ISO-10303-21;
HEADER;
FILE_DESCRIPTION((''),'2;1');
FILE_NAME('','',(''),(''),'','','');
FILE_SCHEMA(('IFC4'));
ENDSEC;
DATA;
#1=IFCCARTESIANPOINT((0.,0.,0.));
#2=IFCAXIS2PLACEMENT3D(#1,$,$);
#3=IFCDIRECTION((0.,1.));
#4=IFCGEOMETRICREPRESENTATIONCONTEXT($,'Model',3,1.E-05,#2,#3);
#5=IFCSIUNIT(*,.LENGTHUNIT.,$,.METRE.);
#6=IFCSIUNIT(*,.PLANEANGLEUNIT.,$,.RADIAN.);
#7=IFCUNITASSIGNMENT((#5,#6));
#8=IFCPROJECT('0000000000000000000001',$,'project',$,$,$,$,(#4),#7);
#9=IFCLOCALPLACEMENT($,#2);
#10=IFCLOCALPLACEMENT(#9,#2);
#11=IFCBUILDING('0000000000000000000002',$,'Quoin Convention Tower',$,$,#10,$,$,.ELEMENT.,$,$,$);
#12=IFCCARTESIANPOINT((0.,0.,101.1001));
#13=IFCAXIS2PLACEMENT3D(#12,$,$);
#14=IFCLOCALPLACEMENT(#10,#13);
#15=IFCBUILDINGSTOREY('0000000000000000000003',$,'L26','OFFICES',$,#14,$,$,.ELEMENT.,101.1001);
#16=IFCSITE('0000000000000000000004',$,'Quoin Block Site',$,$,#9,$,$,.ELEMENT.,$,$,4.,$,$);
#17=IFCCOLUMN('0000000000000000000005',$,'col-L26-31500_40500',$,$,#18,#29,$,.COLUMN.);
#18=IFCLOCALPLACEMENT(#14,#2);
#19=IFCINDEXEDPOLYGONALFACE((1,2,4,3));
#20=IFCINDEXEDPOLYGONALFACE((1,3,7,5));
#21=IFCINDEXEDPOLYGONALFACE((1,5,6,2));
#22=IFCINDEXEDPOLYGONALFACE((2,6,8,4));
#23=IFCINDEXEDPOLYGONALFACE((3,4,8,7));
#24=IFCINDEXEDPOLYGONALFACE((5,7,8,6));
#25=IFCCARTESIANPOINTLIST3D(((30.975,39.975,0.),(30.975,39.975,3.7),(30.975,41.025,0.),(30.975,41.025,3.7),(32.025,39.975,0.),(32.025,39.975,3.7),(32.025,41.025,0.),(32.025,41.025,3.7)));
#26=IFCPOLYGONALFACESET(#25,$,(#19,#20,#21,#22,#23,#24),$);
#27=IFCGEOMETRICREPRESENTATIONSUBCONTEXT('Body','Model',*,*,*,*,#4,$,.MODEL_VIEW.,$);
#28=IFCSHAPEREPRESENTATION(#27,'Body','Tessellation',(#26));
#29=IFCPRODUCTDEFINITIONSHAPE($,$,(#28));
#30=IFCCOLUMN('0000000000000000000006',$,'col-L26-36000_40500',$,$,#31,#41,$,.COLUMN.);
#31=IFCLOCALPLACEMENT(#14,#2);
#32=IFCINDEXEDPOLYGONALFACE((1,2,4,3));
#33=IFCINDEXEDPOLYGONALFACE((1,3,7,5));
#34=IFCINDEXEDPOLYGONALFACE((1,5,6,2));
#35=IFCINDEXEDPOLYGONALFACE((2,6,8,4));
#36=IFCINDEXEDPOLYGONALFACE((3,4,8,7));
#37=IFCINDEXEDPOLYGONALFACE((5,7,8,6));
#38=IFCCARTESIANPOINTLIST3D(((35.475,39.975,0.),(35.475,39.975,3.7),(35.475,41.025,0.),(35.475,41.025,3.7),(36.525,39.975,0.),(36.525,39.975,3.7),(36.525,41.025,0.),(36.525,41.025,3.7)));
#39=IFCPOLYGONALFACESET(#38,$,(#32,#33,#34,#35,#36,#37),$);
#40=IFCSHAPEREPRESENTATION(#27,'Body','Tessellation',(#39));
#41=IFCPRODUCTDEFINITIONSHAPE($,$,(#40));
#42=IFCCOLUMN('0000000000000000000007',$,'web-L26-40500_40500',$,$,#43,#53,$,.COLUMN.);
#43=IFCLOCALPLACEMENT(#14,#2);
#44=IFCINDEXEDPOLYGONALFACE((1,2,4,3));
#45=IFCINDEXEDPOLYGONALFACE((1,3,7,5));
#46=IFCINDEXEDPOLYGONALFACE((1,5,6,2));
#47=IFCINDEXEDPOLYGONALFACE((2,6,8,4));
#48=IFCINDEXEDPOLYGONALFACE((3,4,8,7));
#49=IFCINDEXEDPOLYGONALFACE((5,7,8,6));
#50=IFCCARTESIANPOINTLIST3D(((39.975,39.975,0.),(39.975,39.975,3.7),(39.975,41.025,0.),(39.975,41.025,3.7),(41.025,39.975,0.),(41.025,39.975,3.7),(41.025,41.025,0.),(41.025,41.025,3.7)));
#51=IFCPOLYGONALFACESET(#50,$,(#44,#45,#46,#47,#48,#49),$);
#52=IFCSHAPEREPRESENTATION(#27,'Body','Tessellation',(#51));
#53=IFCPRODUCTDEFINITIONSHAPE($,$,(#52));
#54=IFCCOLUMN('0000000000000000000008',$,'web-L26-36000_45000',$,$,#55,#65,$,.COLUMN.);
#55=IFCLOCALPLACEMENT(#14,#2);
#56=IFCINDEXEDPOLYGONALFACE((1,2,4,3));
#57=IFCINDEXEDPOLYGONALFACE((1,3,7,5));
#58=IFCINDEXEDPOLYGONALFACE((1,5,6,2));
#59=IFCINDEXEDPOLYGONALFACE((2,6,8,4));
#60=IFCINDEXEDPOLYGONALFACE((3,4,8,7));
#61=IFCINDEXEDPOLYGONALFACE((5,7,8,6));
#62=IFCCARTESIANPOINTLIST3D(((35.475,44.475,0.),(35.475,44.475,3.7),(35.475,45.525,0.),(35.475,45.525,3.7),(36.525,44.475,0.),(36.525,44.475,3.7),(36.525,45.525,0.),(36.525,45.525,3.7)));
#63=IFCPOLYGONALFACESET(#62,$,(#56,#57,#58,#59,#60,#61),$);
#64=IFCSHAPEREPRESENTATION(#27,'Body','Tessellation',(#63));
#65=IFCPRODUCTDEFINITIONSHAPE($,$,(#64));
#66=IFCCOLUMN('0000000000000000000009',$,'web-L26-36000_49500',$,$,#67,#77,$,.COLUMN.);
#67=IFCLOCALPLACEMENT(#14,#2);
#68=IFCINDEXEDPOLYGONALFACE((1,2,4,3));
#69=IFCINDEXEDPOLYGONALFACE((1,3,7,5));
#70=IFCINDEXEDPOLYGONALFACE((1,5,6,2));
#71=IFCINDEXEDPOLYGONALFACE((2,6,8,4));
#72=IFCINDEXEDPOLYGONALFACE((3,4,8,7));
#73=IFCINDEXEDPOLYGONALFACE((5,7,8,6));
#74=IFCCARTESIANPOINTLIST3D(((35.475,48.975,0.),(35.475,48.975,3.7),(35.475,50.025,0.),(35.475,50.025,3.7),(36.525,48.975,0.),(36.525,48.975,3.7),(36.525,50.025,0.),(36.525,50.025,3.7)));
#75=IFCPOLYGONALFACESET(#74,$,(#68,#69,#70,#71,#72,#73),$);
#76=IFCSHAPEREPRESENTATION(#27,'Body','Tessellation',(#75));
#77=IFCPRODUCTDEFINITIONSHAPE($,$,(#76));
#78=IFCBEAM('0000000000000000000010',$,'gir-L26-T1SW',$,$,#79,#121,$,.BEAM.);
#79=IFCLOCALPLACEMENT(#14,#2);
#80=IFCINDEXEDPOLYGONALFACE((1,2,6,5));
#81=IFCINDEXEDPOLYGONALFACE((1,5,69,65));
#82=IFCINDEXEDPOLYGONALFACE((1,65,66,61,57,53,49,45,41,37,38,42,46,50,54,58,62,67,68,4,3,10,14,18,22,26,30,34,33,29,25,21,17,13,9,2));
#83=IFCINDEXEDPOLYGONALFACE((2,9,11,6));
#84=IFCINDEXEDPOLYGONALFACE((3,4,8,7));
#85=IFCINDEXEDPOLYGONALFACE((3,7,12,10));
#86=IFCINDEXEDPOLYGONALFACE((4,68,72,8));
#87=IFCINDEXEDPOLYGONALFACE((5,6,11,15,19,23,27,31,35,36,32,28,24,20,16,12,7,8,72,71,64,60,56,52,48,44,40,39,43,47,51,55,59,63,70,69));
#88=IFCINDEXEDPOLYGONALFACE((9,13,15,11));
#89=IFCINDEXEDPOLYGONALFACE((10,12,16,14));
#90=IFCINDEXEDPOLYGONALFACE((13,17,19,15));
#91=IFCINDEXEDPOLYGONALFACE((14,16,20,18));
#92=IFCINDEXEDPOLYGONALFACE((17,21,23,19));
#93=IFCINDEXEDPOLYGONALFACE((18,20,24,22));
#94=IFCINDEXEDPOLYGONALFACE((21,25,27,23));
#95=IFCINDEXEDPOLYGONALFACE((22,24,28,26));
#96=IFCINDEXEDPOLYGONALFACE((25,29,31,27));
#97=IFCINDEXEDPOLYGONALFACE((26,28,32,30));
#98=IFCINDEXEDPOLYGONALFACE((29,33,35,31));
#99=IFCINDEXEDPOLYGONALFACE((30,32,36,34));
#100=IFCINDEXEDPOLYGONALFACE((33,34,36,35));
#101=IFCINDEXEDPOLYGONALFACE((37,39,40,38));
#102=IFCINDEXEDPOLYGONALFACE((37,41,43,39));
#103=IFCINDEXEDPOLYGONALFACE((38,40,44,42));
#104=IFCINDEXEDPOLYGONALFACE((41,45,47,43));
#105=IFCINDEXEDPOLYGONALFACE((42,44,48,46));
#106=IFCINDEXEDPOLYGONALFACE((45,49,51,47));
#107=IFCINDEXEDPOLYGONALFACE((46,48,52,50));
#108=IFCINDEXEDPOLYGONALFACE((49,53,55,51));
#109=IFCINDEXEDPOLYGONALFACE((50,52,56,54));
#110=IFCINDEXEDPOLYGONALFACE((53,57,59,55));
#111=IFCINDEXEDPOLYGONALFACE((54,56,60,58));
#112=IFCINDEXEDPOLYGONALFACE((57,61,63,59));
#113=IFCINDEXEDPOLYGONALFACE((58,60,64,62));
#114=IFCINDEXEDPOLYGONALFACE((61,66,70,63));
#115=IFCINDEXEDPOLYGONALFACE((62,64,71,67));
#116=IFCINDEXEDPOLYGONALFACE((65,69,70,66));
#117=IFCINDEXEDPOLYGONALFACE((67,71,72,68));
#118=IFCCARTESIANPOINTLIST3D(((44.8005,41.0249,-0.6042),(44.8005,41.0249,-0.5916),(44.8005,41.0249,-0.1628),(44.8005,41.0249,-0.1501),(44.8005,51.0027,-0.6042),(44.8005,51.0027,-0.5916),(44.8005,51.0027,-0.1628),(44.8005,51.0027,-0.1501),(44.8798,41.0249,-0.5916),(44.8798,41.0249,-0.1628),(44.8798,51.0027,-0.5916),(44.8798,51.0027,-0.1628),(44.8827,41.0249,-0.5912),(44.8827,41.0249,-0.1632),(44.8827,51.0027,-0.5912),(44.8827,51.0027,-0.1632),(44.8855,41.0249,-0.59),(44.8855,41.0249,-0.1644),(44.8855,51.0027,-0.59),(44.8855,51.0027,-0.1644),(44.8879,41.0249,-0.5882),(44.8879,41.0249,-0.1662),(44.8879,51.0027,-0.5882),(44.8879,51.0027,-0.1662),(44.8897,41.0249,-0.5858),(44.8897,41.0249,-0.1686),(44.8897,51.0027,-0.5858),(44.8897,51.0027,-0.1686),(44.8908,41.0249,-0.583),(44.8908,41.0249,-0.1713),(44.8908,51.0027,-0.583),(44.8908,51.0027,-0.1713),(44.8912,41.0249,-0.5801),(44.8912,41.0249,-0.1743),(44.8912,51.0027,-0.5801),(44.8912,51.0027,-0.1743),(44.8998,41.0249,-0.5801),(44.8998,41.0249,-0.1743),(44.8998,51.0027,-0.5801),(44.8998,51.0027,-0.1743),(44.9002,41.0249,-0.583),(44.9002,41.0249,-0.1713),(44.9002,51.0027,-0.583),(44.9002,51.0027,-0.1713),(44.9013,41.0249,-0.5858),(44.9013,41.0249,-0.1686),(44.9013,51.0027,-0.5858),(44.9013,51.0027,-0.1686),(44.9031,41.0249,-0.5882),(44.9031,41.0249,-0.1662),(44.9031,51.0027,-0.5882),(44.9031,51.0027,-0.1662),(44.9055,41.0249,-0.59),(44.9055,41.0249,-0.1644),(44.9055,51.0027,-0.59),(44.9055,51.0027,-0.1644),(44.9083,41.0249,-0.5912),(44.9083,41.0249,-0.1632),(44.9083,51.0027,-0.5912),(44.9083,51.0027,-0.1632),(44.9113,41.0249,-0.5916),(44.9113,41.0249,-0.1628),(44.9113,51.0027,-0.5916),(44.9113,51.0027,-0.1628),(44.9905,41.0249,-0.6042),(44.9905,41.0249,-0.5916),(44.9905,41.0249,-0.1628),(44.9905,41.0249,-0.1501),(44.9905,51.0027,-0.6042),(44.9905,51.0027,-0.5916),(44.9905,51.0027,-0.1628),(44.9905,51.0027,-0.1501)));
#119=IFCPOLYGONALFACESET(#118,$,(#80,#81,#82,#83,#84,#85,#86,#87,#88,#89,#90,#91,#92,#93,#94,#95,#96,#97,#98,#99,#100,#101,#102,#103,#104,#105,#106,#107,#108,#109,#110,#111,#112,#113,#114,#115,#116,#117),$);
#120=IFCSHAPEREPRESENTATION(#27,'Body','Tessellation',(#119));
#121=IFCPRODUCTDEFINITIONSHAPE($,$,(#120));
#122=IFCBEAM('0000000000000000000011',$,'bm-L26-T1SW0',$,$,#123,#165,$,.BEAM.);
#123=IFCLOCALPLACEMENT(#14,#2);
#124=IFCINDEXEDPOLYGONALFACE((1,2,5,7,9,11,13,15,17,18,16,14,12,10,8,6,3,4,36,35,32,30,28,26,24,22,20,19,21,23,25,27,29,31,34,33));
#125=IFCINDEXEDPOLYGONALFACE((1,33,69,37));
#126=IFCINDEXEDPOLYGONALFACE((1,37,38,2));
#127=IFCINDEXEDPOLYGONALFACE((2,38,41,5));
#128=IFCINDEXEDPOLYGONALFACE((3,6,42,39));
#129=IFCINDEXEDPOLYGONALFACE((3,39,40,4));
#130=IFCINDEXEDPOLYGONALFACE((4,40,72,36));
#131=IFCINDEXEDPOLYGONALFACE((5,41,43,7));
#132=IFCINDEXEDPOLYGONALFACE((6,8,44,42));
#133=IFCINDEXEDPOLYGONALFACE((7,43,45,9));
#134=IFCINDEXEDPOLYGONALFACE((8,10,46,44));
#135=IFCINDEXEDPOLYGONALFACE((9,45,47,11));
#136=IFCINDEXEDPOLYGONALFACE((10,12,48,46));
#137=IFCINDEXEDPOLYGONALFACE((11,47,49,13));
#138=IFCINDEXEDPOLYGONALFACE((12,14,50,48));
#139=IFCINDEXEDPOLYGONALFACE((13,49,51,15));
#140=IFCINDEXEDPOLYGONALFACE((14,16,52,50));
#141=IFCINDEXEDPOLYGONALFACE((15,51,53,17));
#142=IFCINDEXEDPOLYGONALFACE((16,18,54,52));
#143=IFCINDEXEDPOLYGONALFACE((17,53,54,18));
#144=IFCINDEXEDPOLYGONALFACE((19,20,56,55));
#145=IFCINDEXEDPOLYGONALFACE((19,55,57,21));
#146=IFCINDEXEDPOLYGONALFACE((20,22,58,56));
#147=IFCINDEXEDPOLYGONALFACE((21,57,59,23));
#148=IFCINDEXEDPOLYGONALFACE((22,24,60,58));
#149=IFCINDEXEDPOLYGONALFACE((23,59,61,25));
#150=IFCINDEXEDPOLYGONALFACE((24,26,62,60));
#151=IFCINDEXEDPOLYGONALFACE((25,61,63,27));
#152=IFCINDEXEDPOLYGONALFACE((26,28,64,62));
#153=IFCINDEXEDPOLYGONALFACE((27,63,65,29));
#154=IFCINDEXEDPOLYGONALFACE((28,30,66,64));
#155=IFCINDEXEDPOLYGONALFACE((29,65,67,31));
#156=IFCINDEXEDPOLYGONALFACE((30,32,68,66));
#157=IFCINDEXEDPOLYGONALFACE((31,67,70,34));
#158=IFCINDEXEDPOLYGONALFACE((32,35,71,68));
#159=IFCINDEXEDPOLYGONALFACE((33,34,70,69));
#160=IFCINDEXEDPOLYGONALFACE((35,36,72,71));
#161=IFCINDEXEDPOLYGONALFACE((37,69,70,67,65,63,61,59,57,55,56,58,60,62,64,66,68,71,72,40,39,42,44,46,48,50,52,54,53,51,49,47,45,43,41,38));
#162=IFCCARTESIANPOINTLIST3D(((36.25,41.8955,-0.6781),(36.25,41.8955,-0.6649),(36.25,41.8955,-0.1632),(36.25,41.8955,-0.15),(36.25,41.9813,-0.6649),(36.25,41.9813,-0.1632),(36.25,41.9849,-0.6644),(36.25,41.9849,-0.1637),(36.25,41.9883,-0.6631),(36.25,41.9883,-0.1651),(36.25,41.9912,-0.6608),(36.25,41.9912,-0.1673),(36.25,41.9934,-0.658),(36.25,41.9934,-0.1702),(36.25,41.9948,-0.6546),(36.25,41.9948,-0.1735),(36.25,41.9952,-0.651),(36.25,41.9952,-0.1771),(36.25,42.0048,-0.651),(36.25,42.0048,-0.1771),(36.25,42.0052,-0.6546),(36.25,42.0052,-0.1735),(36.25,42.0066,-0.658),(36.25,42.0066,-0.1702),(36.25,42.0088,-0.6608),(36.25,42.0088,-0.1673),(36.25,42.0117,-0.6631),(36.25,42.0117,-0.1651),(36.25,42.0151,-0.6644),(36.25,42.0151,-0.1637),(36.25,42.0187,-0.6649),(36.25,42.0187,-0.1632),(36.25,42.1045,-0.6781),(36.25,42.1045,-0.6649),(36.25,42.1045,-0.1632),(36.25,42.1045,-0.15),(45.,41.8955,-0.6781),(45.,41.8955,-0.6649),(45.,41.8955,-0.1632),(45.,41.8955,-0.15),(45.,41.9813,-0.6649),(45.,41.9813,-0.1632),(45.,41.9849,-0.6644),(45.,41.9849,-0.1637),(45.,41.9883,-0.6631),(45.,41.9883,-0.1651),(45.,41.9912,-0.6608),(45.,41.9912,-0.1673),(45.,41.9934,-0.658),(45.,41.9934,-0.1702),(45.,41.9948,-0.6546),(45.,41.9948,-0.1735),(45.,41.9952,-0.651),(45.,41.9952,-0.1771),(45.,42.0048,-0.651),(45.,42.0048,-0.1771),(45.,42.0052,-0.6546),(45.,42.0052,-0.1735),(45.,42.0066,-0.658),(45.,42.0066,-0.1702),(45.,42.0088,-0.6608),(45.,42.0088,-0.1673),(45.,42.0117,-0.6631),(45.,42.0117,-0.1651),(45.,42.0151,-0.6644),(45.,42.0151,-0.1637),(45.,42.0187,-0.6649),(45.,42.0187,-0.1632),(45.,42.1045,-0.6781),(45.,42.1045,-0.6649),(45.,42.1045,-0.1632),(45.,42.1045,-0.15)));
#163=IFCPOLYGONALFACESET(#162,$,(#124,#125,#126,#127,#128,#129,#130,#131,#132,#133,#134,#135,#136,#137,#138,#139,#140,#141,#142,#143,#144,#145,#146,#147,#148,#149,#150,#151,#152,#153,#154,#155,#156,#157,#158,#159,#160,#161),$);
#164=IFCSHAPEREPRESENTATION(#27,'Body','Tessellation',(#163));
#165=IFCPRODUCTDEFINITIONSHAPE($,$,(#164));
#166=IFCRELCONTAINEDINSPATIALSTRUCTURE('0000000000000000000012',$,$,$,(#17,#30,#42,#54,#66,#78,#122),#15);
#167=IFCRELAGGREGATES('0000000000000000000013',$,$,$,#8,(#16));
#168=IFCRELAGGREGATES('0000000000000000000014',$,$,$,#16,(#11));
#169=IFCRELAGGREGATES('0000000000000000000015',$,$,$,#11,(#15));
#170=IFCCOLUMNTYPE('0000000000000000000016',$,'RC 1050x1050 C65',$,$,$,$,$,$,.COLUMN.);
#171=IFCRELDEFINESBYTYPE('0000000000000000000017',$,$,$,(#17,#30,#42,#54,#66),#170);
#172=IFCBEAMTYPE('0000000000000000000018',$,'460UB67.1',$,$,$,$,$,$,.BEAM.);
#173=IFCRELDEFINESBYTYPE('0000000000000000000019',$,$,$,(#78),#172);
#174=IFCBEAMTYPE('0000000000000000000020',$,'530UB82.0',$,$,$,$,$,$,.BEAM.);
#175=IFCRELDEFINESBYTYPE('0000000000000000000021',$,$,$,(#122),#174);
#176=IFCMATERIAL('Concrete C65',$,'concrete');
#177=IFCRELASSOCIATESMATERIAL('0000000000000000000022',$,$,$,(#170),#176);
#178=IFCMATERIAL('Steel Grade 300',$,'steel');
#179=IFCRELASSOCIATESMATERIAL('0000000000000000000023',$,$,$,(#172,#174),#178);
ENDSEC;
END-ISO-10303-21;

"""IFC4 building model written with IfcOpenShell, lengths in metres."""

from ifc_helpers import new_model, si_unit, direction, frame, origin, origin_2d, place, context, subcontext, project, spatial, rectangle, i_section, extrude, material, material_profile, profile_set, type_object, element, save


model = new_model("IFC4")

# Units and contexts
model_context = context("Model", 3, precision=1e-05, world=origin(), true_north=direction((0.0, 1.0)))
body_context = subcontext(model_context, "Body", "Model", "MODEL_VIEW")
ifc_project = project(units=[si_unit("LENGTHUNIT", "METRE"), si_unit("PLANEANGLEUNIT", "RADIAN")], contexts=[model_context])

# Site, building, storey
site_placement = place(None, origin())
site = spatial("IfcSite", under=ifc_project, at=site_placement, Name="Quoin Block Site", CompositionType="ELEMENT", RefElevation=4.0)
building_placement = place(site_placement, origin())
building = spatial("IfcBuilding", under=site, at=building_placement, Name="Quoin Convention Tower", CompositionType="ELEMENT")
storey_placement = place(building_placement, frame((0.0, 0.0, 101.1001)))
storey = spatial("IfcBuildingStorey", under=building, at=storey_placement, Name="L26", Description="OFFICES", CompositionType="ELEMENT", Elevation=101.1001)

# Columns
ifc_material_1 = material(Name="Concrete C65", Category="concrete")
ifc_material_profile_1 = material_profile(ifc_material_1, rectangle(XDim=1.05, YDim=1.05, at=origin_2d()), Name="RC 1050x1050")
ifc_profile_set_1 = profile_set([ifc_material_profile_1], Name="Concrete C65")
column_type = type_object("IfcColumnType", Name="RC 1050x1050 C65", PredefinedType="COLUMN", material=ifc_profile_set_1)
for number, where, z_axis, x_axis, name in (
    (1, (31.5, 40.5, 0.0), (0.0, 0.0, 1.0), (1.0, 0.0, 0.0), "col-L26-31500_40500"),
    (2, (36.0, 40.5, 0.0), (0.0, 0.0, 1.0), (1.0, 0.0, 0.0), "col-L26-36000_40500"),
    (3, (40.5, 40.5, 0.0), (0.0, 0.0, 1.0), (1.0, 0.0, 0.0), "web-L26-40500_40500"),
    (4, (36.0, 45.0, 0.0), (0.0, 0.0, 1.0), (1.0, 0.0, 0.0), "web-L26-36000_45000"),
    (5, (36.0, 49.5, 0.0), (0.0, 0.0, 1.0), (1.0, 0.0, 0.0), "web-L26-36000_49500"),
):
    element("IfcColumn", number, at=place(storey_placement, frame(where, z_axis=z_axis, x_axis=x_axis)), inside=storey, type_object=column_type, Name=name, PredefinedType="COLUMN", context=body_context, shape_type="SweptSolid", body=[
        extrude(rectangle(XDim=1.05, YDim=1.05, at=origin_2d()), origin(), (0.0, 0.0, 1.0), 3.7),
    ])

# Beams
ifc_material_2 = material(Name="Steel Grade 300", Category="steel")
ifc_material_profile_2 = material_profile(ifc_material_2, i_section(OverallWidth=0.1899, OverallDepth=0.4541, WebThickness=0.0085, FlangeThickness=0.0127, FilletRadius=0.0115, at=origin_2d()), Name="460UB67.1")
ifc_profile_set_2 = profile_set([ifc_material_profile_2], Name="Steel Grade 300")
beam_type_1 = type_object("IfcBeamType", Name="460UB67.1", PredefinedType="BEAM", material=ifc_profile_set_2)
beam_1_placement = place(storey_placement, frame((44.8955, 41.0249, -0.3772), z_axis=(0.0, 1.0, 0.0), x_axis=(-1.0, 0.0, 0.0)))
element("IfcBeam", 6, at=beam_1_placement, inside=storey, type_object=beam_type_1, Name="gir-L26-T1SW", PredefinedType="BEAM", context=body_context, shape_type="SweptSolid", body=[
    extrude(i_section(OverallWidth=0.1899, OverallDepth=0.4541, WebThickness=0.0085, FlangeThickness=0.0127, FilletRadius=0.0115, at=origin_2d()), origin(), (0.0, 0.0, 1.0), 9.9778),
])
ifc_material_profile_3 = material_profile(ifc_material_2, i_section(OverallWidth=0.209, OverallDepth=0.5281, WebThickness=0.0095, FlangeThickness=0.0132, FilletRadius=0.0139, at=origin_2d()), Name="530UB82.0")
ifc_profile_set_3 = profile_set([ifc_material_profile_3], Name="Steel Grade 300")
beam_type_2 = type_object("IfcBeamType", Name="530UB82.0", PredefinedType="BEAM", material=ifc_profile_set_3)
beam_2_placement = place(storey_placement, frame((36.25, 42.0, -0.4141), z_axis=(1.0, 0.0, 0.0), x_axis=(0.0, 1.0, 0.0)))
element("IfcBeam", 7, at=beam_2_placement, inside=storey, type_object=beam_type_2, Name="bm-L26-T1SW0", PredefinedType="BEAM", context=body_context, shape_type="SweptSolid", body=[
    extrude(i_section(OverallWidth=0.209, OverallDepth=0.5281, WebThickness=0.0095, FlangeThickness=0.0132, FilletRadius=0.0139, at=origin_2d()), origin(), (0.0, 0.0, 1.0), 8.75),
])

save(model, "model.ifc")
